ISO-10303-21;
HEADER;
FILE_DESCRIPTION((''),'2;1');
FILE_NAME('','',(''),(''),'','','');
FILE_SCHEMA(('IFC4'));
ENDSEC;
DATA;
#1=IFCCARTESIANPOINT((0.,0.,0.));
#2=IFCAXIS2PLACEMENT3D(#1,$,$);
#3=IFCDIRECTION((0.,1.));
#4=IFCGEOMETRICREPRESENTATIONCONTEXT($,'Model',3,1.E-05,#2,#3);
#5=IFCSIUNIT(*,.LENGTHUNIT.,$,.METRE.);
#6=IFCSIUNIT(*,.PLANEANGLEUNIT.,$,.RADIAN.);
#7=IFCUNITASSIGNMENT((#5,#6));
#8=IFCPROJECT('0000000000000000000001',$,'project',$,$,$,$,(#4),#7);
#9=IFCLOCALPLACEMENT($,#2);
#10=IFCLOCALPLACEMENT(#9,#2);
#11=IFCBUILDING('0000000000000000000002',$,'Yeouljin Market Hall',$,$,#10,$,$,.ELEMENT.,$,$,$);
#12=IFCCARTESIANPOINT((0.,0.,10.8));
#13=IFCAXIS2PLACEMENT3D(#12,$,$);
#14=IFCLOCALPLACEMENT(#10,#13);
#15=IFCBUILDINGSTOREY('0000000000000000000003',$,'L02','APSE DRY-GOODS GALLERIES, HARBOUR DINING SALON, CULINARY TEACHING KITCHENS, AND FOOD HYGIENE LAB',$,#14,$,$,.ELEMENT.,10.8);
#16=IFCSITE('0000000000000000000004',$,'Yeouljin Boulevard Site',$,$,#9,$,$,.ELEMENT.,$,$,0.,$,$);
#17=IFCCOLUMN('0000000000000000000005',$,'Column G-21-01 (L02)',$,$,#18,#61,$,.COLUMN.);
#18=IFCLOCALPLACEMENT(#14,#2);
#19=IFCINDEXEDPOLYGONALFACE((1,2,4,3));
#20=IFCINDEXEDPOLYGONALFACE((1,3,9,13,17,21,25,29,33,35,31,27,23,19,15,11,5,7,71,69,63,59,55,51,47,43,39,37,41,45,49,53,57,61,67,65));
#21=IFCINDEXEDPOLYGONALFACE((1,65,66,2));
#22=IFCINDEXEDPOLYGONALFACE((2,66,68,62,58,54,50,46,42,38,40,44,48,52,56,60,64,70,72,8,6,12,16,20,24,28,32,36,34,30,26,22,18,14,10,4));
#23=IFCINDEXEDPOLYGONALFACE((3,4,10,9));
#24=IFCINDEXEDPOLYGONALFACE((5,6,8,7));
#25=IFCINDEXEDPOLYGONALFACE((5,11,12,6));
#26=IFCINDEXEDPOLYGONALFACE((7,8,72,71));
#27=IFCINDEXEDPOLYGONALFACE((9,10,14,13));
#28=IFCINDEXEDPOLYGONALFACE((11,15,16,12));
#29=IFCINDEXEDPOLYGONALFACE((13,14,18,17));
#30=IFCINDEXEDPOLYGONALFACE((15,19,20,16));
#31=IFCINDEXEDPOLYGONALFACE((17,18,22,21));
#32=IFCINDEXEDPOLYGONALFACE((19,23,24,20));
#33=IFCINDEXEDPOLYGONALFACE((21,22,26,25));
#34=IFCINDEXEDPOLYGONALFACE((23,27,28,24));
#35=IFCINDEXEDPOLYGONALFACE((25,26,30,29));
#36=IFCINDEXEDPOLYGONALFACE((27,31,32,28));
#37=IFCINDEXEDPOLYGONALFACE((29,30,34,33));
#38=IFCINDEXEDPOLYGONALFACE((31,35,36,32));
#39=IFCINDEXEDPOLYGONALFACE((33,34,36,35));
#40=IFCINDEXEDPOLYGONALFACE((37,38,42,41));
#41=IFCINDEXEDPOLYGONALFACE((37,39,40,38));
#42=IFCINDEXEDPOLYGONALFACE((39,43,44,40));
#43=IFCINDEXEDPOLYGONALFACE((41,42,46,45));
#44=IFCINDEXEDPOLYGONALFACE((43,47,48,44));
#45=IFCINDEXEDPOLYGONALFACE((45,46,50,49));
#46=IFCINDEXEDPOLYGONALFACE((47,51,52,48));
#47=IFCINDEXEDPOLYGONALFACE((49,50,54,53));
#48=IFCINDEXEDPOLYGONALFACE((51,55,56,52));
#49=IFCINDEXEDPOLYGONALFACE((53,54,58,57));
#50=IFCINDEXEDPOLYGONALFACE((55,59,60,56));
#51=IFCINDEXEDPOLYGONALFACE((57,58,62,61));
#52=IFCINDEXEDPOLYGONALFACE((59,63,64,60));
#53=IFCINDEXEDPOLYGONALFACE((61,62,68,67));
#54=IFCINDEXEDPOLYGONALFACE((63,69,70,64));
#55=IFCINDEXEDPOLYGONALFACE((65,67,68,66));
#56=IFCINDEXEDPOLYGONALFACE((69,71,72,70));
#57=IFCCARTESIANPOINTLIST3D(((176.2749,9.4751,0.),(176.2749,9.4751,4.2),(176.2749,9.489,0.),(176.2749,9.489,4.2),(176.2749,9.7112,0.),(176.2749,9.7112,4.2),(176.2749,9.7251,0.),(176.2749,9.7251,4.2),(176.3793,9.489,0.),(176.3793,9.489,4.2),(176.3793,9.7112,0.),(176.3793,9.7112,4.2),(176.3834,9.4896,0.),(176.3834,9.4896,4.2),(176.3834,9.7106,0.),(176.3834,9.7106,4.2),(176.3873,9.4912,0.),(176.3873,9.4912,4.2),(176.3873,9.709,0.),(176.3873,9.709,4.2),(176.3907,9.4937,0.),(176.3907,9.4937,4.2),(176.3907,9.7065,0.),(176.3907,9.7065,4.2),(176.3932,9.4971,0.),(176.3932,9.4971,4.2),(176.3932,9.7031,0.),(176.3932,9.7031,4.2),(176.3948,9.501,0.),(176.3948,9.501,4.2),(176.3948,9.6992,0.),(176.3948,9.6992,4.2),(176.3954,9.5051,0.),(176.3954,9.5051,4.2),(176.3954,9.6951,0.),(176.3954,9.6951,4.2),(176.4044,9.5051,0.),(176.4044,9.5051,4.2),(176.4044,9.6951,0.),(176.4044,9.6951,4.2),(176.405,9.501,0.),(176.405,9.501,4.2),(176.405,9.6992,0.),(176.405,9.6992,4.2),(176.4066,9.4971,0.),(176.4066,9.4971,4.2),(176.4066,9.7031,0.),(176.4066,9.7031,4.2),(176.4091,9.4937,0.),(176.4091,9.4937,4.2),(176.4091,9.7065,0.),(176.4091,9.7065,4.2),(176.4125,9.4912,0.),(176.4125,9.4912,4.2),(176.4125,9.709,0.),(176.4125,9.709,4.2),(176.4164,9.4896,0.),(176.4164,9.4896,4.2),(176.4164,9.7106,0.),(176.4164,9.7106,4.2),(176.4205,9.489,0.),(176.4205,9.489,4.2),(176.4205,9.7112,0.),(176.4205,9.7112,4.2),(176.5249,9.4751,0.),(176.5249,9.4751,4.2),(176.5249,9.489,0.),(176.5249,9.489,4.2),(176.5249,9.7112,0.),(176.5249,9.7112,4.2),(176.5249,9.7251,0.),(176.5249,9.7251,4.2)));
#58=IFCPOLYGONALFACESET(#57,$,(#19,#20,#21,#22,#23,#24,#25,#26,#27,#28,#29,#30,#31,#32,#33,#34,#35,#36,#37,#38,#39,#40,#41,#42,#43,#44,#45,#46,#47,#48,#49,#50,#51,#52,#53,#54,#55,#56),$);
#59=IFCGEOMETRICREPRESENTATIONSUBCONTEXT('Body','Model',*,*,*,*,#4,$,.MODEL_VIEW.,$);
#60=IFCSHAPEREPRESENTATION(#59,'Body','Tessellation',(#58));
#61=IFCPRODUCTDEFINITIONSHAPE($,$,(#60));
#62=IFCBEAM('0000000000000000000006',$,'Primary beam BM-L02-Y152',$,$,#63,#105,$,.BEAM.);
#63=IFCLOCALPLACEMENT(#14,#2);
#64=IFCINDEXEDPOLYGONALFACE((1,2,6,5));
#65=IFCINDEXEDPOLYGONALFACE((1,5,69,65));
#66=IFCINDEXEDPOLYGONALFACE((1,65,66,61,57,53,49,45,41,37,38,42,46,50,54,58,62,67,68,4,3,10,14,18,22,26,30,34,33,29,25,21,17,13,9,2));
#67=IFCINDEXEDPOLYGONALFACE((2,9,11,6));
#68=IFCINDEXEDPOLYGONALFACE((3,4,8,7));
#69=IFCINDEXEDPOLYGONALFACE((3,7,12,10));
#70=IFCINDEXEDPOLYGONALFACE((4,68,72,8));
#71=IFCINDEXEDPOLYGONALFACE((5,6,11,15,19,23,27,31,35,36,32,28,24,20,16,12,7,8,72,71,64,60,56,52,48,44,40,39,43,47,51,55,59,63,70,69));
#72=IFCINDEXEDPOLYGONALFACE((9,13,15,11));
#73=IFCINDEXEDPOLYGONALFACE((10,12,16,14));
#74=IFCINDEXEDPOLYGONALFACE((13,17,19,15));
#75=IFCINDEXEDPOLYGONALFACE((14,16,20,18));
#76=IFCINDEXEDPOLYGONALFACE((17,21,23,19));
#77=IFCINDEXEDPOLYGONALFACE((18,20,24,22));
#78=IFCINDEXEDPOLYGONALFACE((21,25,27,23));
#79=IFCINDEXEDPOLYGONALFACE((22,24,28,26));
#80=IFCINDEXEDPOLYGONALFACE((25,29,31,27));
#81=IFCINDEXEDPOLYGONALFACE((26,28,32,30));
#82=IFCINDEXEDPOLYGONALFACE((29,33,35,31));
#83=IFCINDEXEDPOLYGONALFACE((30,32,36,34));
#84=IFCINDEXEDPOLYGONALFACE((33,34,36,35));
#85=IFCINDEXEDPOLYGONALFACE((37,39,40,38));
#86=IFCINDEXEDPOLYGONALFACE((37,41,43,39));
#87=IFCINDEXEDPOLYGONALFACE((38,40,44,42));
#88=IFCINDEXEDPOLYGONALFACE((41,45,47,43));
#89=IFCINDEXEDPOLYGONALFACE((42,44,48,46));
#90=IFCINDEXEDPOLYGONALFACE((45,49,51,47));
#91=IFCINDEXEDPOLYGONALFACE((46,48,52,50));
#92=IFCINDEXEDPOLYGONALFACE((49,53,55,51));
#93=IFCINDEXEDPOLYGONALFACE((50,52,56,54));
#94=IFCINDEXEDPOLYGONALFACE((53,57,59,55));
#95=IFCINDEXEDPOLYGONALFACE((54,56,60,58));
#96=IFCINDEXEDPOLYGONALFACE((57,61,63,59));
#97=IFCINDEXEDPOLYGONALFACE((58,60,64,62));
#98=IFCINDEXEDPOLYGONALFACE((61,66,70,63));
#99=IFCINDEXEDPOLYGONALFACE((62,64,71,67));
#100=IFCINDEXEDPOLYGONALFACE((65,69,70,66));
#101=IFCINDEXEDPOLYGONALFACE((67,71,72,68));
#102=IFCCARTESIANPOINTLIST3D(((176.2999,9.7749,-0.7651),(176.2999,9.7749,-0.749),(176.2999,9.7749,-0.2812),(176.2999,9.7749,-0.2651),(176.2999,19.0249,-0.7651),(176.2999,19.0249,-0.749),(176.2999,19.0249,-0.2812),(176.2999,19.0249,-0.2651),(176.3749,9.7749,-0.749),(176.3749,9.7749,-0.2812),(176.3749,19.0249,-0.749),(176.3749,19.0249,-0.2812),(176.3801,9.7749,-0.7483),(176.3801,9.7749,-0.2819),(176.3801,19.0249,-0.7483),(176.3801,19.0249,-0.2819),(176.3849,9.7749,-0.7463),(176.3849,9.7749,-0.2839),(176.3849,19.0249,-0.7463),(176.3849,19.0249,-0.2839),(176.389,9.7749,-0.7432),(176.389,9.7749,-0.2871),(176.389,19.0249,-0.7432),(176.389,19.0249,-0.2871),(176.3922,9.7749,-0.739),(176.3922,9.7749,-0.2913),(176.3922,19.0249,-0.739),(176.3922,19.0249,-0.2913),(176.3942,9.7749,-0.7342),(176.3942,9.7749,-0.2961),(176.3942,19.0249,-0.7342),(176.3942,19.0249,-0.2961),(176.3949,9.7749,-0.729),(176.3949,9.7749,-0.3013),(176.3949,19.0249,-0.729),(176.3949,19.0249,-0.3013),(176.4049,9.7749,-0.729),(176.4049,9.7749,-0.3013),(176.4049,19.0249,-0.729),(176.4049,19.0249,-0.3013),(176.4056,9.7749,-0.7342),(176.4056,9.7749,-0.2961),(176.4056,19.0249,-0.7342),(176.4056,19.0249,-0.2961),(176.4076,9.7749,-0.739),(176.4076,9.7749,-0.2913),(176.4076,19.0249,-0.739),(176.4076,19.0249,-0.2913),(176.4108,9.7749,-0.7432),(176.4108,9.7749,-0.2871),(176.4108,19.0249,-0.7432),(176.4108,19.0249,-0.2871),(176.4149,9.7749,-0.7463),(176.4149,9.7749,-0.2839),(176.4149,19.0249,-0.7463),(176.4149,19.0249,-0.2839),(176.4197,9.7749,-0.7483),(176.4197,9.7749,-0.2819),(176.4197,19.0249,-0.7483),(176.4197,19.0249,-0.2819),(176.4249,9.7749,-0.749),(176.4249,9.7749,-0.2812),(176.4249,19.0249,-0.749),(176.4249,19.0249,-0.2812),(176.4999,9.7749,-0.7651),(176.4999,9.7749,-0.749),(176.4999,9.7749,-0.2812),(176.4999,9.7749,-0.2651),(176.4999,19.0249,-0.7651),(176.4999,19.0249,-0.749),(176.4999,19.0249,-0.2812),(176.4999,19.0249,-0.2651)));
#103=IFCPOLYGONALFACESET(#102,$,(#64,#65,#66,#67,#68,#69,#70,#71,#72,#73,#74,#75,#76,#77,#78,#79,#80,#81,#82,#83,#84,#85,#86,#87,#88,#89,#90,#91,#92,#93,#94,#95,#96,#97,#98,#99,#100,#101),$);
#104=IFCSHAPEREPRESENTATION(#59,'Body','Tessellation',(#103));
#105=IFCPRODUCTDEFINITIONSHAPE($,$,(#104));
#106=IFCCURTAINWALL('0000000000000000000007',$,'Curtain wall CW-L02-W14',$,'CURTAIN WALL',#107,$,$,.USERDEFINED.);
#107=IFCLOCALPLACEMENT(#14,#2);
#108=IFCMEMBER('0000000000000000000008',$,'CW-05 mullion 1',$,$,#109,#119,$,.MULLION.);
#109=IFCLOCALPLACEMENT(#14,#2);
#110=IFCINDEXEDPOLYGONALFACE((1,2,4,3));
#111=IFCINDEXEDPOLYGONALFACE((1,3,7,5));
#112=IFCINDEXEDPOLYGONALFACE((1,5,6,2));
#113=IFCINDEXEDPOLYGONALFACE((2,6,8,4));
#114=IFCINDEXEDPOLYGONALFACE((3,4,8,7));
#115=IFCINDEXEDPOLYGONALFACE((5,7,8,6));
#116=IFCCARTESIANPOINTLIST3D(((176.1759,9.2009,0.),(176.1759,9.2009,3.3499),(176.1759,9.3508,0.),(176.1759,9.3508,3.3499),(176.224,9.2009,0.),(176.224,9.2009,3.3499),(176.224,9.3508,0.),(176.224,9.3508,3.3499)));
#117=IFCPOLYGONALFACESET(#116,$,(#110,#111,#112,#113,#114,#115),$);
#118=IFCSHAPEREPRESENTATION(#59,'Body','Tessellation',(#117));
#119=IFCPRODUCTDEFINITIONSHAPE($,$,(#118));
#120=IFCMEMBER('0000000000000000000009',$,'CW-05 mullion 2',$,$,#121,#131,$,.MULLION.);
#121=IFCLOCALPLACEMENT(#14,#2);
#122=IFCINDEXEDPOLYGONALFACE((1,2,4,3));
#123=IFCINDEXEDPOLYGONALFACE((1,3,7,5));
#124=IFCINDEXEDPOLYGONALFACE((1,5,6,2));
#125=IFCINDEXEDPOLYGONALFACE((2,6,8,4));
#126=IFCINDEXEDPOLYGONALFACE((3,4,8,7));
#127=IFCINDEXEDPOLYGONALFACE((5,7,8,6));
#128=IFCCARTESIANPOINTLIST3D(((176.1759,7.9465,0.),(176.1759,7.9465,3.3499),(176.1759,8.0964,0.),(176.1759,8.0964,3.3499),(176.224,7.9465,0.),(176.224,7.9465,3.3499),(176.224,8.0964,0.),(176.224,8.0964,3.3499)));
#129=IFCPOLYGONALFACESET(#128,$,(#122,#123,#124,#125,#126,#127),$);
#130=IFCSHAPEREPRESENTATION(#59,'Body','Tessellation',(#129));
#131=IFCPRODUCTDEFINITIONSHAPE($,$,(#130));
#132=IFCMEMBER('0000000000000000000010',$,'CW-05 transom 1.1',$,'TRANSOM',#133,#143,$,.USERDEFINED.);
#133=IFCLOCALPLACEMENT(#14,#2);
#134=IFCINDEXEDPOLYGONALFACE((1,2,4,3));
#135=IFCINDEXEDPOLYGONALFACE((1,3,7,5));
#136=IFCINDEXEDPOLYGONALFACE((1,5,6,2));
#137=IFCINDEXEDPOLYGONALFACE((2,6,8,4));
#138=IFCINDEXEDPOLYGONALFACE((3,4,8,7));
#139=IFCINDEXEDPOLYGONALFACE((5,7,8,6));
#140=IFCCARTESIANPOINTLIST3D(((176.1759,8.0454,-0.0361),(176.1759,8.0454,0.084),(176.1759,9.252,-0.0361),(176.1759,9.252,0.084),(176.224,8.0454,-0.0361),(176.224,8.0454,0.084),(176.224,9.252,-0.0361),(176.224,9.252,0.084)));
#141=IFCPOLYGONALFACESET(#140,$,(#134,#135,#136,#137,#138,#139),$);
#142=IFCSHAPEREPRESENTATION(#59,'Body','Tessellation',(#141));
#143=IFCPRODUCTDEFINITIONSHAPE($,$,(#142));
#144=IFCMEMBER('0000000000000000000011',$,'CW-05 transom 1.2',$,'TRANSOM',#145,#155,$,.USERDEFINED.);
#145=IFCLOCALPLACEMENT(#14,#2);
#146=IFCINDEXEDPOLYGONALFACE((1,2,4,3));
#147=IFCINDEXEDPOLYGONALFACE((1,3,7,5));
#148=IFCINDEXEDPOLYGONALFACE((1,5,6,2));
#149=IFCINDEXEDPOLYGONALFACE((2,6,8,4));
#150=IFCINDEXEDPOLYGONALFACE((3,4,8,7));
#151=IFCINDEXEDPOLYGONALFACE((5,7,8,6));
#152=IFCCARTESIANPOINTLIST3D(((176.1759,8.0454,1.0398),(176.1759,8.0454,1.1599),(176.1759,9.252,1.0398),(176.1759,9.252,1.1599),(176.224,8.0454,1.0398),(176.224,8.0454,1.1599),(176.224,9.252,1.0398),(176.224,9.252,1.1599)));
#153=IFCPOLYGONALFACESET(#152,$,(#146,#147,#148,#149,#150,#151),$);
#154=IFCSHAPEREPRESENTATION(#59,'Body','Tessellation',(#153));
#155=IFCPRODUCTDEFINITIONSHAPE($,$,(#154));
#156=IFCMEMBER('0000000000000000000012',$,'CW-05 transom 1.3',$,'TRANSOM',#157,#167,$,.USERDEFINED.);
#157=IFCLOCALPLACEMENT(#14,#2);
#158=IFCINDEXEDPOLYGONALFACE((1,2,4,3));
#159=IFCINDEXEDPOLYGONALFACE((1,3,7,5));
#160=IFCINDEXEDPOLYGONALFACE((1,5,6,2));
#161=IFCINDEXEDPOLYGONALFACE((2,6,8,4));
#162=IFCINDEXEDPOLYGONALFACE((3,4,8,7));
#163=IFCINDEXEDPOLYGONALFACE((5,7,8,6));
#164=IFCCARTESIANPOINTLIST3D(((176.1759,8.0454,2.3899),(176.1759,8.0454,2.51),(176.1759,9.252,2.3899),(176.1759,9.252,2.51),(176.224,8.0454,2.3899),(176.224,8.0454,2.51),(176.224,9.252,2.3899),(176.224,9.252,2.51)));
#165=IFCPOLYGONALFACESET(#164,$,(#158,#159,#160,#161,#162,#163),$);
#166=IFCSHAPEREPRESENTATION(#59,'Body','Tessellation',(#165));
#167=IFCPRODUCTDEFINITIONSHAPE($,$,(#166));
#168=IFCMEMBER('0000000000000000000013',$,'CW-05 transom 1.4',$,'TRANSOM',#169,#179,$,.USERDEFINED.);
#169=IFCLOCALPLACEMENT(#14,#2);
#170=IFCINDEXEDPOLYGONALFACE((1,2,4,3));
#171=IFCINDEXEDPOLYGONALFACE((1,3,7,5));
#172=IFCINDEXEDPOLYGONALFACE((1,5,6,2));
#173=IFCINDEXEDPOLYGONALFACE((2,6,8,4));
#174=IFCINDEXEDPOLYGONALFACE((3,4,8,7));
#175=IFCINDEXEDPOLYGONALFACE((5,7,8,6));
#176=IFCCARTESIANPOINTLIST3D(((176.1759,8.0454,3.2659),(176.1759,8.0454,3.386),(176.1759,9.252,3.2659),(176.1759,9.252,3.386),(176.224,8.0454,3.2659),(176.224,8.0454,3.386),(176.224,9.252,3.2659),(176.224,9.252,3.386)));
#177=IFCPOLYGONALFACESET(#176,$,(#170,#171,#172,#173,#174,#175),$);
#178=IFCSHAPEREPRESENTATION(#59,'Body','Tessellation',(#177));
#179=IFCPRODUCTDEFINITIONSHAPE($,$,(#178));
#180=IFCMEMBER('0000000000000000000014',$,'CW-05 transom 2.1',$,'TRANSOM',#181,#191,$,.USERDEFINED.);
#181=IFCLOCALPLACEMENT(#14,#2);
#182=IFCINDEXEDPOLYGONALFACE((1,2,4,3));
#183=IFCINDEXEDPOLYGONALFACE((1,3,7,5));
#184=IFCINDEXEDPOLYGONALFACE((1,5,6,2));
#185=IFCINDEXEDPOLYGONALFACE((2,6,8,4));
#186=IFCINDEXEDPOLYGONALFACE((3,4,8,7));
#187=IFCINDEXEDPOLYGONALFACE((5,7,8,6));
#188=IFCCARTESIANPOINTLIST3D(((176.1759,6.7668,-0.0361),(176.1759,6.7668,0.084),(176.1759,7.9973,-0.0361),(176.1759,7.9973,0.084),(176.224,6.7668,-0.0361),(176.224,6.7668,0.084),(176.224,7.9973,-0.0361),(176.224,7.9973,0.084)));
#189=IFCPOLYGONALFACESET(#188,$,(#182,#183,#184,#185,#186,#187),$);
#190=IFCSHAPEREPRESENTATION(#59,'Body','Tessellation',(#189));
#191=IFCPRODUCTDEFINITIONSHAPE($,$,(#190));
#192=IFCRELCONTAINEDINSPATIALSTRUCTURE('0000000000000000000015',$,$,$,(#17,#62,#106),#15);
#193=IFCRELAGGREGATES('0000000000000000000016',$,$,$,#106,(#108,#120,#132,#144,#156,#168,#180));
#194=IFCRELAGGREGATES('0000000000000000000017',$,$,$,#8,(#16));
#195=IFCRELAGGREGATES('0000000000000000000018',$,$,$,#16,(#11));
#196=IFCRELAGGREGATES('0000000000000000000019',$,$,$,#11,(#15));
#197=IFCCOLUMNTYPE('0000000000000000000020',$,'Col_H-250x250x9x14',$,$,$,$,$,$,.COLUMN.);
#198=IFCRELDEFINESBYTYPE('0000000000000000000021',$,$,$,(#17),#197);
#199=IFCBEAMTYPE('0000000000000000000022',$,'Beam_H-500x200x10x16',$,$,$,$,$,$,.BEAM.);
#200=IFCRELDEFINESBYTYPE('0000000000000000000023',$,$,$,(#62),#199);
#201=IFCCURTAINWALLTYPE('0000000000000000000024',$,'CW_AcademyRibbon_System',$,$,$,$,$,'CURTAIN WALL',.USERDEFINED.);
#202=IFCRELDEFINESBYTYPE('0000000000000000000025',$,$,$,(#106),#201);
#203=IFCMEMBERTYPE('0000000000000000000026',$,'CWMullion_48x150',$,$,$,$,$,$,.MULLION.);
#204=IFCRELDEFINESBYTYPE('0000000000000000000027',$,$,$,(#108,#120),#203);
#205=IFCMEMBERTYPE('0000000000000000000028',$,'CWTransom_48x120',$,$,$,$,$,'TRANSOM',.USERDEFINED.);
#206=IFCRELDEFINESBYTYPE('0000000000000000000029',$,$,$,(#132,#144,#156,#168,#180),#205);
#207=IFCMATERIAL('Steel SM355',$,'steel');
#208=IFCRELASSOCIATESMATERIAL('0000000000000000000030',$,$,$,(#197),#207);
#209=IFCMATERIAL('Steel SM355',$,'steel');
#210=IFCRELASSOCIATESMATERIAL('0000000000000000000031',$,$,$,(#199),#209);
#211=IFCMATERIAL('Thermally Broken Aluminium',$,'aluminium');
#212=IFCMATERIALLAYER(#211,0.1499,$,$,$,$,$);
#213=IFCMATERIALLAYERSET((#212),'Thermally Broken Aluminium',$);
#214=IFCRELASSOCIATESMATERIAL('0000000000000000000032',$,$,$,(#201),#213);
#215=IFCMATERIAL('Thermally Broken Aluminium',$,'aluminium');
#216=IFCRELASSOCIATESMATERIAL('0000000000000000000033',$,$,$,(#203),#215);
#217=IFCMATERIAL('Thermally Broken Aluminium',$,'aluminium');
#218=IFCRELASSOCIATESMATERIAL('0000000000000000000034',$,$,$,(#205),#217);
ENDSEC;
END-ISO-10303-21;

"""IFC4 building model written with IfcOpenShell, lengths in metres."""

from ifc_helpers import new_model, si_unit, direction, frame, origin, origin_2d, place, context, subcontext, project, spatial, rectangle, i_section, extrude, material, layer, layer_set, material_profile, profile_set, type_object, element, aggregate, save


model = new_model("IFC4")

# Units and contexts
model_context = context("Model", 3, precision=1e-05, world=origin(), true_north=direction((0.0, 1.0)))
body_context = subcontext(model_context, "Body", "Model", "MODEL_VIEW")
ifc_project = project(units=[si_unit("LENGTHUNIT", "METRE"), si_unit("PLANEANGLEUNIT", "RADIAN")], contexts=[model_context])

# Site, building, storey
site_placement = place(None, origin())
site = spatial("IfcSite", under=ifc_project, at=site_placement, Name="Yeouljin Boulevard Site", CompositionType="ELEMENT", RefElevation=0.0)
building_placement = place(site_placement, origin())
building = spatial("IfcBuilding", under=site, at=building_placement, Name="Yeouljin Market Hall", CompositionType="ELEMENT")
storey_placement = place(building_placement, frame((0.0, 0.0, 10.8)))
storey = spatial("IfcBuildingStorey", under=building, at=storey_placement, Name="L02", Description="APSE DRY-GOODS GALLERIES, HARBOUR DINING SALON, CULINARY TEACHING KITCHENS, AND FOOD HYGIENE LAB", CompositionType="ELEMENT", Elevation=10.8)

# Column
ifc_material_1 = material(Name="Steel SM355", Category="steel")
ifc_material_profile_1 = material_profile(ifc_material_1, i_section(OverallWidth=0.25, OverallDepth=0.25, WebThickness=0.009, FlangeThickness=0.0139, FilletRadius=0.0161, at=origin_2d()), Name="H-250x250x9x14")
ifc_profile_set_1 = profile_set([ifc_material_profile_1], Name="Steel SM355")
column_type = type_object("IfcColumnType", Name="Col_H-250x250x9x14", PredefinedType="COLUMN", material=ifc_profile_set_1)
column_placement = place(storey_placement, frame((176.3999, 9.6001, 0.0), z_axis=(0.0, 0.0, 1.0), x_axis=(1.0, 0.0, 0.0)))
element("IfcColumn", 1, at=column_placement, inside=storey, type_object=column_type, Name="Column G-21-01 (L02)", PredefinedType="COLUMN", context=body_context, shape_type="SweptSolid", body=[
    extrude(i_section(OverallWidth=0.25, OverallDepth=0.25, WebThickness=0.009, FlangeThickness=0.0139, FilletRadius=0.0161, at=origin_2d()), origin(), (0.0, 0.0, 1.0), 4.2),
])

# Beam
ifc_material_2 = material(Name="Steel SM355", Category="steel")
ifc_material_profile_2 = material_profile(ifc_material_2, i_section(OverallWidth=0.2, OverallDepth=0.5, WebThickness=0.01, FlangeThickness=0.0161, FilletRadius=0.02, at=origin_2d()), Name="H-500x200x10x16")
ifc_profile_set_2 = profile_set([ifc_material_profile_2], Name="Steel SM355")
beam_type_1 = type_object("IfcBeamType", Name="Beam_H-500x200x10x16", PredefinedType="BEAM", material=ifc_profile_set_2)
beam_1_placement = place(storey_placement, frame((176.3999, 9.7749, -0.5151), z_axis=(0.0, 1.0, 0.0), x_axis=(-1.0, 0.0, 0.0)))
element("IfcBeam", 2, at=beam_1_placement, inside=storey, type_object=beam_type_1, Name="Primary beam BM-L02-Y152", PredefinedType="BEAM", context=body_context, shape_type="SweptSolid", body=[
    extrude(i_section(OverallWidth=0.2, OverallDepth=0.5, WebThickness=0.01, FlangeThickness=0.0161, FilletRadius=0.02, at=origin_2d()), origin(), (0.0, 0.0, 1.0), 9.25),
])

# Curtain wall, members
ifc_material_3 = material(Name="Thermally Broken Aluminium", Category="aluminium")
ifc_layer_1 = layer(ifc_material_3, 0.1499)
ifc_layer_set_1 = layer_set([ifc_layer_1], Name="Thermally Broken Aluminium")
curtain_wall_type = type_object("IfcCurtainWallType", Name="CW_AcademyRibbon_System", ElementType="CURTAIN WALL", PredefinedType="USERDEFINED", material=ifc_layer_set_1)
curtain_wall_placement = place(storey_placement, origin())
curtain_wall = element("IfcCurtainWall", 3, at=curtain_wall_placement, inside=storey, type_object=curtain_wall_type, Name="Curtain wall CW-L02-W14", ObjectType="CURTAIN WALL", PredefinedType="USERDEFINED")
ifc_material_4 = material(Name="Thermally Broken Aluminium", Category="aluminium")
ifc_material_profile_3 = material_profile(ifc_material_4, rectangle(XDim=0.0481, YDim=0.1499, at=origin_2d()), Name="CW-MULL-48x150")
ifc_profile_set_3 = profile_set([ifc_material_profile_3], Name="Thermally Broken Aluminium")
member_type_1 = type_object("IfcMemberType", Name="CWMullion_48x150", PredefinedType="MULLION", material=ifc_profile_set_3)
member_1_placement = place(storey_placement, frame((176.2, 9.2759, 0.0), z_axis=(0.0, 0.0, 1.0), x_axis=(1.0, 0.0, 0.0)))
member_1 = element("IfcMember", 4, at=member_1_placement, type_object=member_type_1, Name="CW-05 mullion 1", PredefinedType="MULLION", context=body_context, shape_type="SweptSolid", body=[
    extrude(rectangle(XDim=0.0481, YDim=0.1499, at=origin_2d()), origin(), (0.0, 0.0, 1.0), 3.3499),
])
member_2_placement = place(storey_placement, frame((176.2, 8.0215, 0.0), z_axis=(0.0, 0.0, 1.0), x_axis=(1.0, 0.0, 0.0)))
member_2 = element("IfcMember", 5, at=member_2_placement, type_object=member_type_1, Name="CW-05 mullion 2", PredefinedType="MULLION", context=body_context, shape_type="SweptSolid", body=[
    extrude(rectangle(XDim=0.0481, YDim=0.1499, at=origin_2d()), origin(), (0.0, 0.0, 1.0), 3.3499),
])
ifc_material_5 = material(Name="Thermally Broken Aluminium", Category="aluminium")
ifc_material_profile_4 = material_profile(ifc_material_5, rectangle(XDim=0.0481, YDim=0.1201, at=origin_2d()), Name="CW-TRAN-48x120")
ifc_profile_set_4 = profile_set([ifc_material_profile_4], Name="Thermally Broken Aluminium")
member_type_2 = type_object("IfcMemberType", Name="CWTransom_48x120", ElementType="TRANSOM", PredefinedType="USERDEFINED", material=ifc_profile_set_4)
member_3_placement = place(storey_placement, frame((176.2, 9.252, 0.0239), z_axis=(0.0, -1.0, 0.0), x_axis=(1.0, 0.0, 0.0)))
member_3 = element("IfcMember", 6, at=member_3_placement, type_object=member_type_2, Name="CW-05 transom 1.1", ObjectType="TRANSOM", PredefinedType="USERDEFINED", context=body_context, shape_type="SweptSolid", body=[
    extrude(rectangle(XDim=0.0481, YDim=0.1201, at=origin_2d()), origin(), (0.0, 0.0, 1.0), 1.2065),
])
member_4_placement = place(storey_placement, frame((176.2, 9.252, 1.0999), z_axis=(0.0, -1.0, 0.0), x_axis=(1.0, 0.0, 0.0)))
member_4 = element("IfcMember", 7, at=member_4_placement, type_object=member_type_2, Name="CW-05 transom 1.2", ObjectType="TRANSOM", PredefinedType="USERDEFINED", context=body_context, shape_type="SweptSolid", body=[
    extrude(rectangle(XDim=0.0481, YDim=0.1201, at=origin_2d()), origin(), (0.0, 0.0, 1.0), 1.2065),
])
member_5_placement = place(storey_placement, frame((176.2, 9.252, 2.45), z_axis=(0.0, -1.0, 0.0), x_axis=(1.0, 0.0, 0.0)))
member_5 = element("IfcMember", 8, at=member_5_placement, type_object=member_type_2, Name="CW-05 transom 1.3", ObjectType="TRANSOM", PredefinedType="USERDEFINED", context=body_context, shape_type="SweptSolid", body=[
    extrude(rectangle(XDim=0.0481, YDim=0.1201, at=origin_2d()), origin(), (0.0, 0.0, 1.0), 1.2065),
])
member_6_placement = place(storey_placement, frame((176.2, 9.252, 3.3259), z_axis=(0.0, -1.0, 0.0), x_axis=(1.0, 0.0, 0.0)))
member_6 = element("IfcMember", 9, at=member_6_placement, type_object=member_type_2, Name="CW-05 transom 1.4", ObjectType="TRANSOM", PredefinedType="USERDEFINED", context=body_context, shape_type="SweptSolid", body=[
    extrude(rectangle(XDim=0.0481, YDim=0.1201, at=origin_2d()), origin(), (0.0, 0.0, 1.0), 1.2065),
])
member_7_placement = place(storey_placement, frame((176.2, 7.9973, 0.0239), z_axis=(0.0, -1.0, 0.0), x_axis=(1.0, 0.0, 0.0)))
member_7 = element("IfcMember", 10, at=member_7_placement, type_object=member_type_2, Name="CW-05 transom 2.1", ObjectType="TRANSOM", PredefinedType="USERDEFINED", context=body_context, shape_type="SweptSolid", body=[
    extrude(rectangle(XDim=0.0481, YDim=0.1201, at=origin_2d()), origin(), (0.0, 0.0, 1.0), 1.2305),
])

aggregate(curtain_wall, [member_1, member_2, member_3, member_4, member_5, member_6, member_7])

save(model, "model.ifc")
